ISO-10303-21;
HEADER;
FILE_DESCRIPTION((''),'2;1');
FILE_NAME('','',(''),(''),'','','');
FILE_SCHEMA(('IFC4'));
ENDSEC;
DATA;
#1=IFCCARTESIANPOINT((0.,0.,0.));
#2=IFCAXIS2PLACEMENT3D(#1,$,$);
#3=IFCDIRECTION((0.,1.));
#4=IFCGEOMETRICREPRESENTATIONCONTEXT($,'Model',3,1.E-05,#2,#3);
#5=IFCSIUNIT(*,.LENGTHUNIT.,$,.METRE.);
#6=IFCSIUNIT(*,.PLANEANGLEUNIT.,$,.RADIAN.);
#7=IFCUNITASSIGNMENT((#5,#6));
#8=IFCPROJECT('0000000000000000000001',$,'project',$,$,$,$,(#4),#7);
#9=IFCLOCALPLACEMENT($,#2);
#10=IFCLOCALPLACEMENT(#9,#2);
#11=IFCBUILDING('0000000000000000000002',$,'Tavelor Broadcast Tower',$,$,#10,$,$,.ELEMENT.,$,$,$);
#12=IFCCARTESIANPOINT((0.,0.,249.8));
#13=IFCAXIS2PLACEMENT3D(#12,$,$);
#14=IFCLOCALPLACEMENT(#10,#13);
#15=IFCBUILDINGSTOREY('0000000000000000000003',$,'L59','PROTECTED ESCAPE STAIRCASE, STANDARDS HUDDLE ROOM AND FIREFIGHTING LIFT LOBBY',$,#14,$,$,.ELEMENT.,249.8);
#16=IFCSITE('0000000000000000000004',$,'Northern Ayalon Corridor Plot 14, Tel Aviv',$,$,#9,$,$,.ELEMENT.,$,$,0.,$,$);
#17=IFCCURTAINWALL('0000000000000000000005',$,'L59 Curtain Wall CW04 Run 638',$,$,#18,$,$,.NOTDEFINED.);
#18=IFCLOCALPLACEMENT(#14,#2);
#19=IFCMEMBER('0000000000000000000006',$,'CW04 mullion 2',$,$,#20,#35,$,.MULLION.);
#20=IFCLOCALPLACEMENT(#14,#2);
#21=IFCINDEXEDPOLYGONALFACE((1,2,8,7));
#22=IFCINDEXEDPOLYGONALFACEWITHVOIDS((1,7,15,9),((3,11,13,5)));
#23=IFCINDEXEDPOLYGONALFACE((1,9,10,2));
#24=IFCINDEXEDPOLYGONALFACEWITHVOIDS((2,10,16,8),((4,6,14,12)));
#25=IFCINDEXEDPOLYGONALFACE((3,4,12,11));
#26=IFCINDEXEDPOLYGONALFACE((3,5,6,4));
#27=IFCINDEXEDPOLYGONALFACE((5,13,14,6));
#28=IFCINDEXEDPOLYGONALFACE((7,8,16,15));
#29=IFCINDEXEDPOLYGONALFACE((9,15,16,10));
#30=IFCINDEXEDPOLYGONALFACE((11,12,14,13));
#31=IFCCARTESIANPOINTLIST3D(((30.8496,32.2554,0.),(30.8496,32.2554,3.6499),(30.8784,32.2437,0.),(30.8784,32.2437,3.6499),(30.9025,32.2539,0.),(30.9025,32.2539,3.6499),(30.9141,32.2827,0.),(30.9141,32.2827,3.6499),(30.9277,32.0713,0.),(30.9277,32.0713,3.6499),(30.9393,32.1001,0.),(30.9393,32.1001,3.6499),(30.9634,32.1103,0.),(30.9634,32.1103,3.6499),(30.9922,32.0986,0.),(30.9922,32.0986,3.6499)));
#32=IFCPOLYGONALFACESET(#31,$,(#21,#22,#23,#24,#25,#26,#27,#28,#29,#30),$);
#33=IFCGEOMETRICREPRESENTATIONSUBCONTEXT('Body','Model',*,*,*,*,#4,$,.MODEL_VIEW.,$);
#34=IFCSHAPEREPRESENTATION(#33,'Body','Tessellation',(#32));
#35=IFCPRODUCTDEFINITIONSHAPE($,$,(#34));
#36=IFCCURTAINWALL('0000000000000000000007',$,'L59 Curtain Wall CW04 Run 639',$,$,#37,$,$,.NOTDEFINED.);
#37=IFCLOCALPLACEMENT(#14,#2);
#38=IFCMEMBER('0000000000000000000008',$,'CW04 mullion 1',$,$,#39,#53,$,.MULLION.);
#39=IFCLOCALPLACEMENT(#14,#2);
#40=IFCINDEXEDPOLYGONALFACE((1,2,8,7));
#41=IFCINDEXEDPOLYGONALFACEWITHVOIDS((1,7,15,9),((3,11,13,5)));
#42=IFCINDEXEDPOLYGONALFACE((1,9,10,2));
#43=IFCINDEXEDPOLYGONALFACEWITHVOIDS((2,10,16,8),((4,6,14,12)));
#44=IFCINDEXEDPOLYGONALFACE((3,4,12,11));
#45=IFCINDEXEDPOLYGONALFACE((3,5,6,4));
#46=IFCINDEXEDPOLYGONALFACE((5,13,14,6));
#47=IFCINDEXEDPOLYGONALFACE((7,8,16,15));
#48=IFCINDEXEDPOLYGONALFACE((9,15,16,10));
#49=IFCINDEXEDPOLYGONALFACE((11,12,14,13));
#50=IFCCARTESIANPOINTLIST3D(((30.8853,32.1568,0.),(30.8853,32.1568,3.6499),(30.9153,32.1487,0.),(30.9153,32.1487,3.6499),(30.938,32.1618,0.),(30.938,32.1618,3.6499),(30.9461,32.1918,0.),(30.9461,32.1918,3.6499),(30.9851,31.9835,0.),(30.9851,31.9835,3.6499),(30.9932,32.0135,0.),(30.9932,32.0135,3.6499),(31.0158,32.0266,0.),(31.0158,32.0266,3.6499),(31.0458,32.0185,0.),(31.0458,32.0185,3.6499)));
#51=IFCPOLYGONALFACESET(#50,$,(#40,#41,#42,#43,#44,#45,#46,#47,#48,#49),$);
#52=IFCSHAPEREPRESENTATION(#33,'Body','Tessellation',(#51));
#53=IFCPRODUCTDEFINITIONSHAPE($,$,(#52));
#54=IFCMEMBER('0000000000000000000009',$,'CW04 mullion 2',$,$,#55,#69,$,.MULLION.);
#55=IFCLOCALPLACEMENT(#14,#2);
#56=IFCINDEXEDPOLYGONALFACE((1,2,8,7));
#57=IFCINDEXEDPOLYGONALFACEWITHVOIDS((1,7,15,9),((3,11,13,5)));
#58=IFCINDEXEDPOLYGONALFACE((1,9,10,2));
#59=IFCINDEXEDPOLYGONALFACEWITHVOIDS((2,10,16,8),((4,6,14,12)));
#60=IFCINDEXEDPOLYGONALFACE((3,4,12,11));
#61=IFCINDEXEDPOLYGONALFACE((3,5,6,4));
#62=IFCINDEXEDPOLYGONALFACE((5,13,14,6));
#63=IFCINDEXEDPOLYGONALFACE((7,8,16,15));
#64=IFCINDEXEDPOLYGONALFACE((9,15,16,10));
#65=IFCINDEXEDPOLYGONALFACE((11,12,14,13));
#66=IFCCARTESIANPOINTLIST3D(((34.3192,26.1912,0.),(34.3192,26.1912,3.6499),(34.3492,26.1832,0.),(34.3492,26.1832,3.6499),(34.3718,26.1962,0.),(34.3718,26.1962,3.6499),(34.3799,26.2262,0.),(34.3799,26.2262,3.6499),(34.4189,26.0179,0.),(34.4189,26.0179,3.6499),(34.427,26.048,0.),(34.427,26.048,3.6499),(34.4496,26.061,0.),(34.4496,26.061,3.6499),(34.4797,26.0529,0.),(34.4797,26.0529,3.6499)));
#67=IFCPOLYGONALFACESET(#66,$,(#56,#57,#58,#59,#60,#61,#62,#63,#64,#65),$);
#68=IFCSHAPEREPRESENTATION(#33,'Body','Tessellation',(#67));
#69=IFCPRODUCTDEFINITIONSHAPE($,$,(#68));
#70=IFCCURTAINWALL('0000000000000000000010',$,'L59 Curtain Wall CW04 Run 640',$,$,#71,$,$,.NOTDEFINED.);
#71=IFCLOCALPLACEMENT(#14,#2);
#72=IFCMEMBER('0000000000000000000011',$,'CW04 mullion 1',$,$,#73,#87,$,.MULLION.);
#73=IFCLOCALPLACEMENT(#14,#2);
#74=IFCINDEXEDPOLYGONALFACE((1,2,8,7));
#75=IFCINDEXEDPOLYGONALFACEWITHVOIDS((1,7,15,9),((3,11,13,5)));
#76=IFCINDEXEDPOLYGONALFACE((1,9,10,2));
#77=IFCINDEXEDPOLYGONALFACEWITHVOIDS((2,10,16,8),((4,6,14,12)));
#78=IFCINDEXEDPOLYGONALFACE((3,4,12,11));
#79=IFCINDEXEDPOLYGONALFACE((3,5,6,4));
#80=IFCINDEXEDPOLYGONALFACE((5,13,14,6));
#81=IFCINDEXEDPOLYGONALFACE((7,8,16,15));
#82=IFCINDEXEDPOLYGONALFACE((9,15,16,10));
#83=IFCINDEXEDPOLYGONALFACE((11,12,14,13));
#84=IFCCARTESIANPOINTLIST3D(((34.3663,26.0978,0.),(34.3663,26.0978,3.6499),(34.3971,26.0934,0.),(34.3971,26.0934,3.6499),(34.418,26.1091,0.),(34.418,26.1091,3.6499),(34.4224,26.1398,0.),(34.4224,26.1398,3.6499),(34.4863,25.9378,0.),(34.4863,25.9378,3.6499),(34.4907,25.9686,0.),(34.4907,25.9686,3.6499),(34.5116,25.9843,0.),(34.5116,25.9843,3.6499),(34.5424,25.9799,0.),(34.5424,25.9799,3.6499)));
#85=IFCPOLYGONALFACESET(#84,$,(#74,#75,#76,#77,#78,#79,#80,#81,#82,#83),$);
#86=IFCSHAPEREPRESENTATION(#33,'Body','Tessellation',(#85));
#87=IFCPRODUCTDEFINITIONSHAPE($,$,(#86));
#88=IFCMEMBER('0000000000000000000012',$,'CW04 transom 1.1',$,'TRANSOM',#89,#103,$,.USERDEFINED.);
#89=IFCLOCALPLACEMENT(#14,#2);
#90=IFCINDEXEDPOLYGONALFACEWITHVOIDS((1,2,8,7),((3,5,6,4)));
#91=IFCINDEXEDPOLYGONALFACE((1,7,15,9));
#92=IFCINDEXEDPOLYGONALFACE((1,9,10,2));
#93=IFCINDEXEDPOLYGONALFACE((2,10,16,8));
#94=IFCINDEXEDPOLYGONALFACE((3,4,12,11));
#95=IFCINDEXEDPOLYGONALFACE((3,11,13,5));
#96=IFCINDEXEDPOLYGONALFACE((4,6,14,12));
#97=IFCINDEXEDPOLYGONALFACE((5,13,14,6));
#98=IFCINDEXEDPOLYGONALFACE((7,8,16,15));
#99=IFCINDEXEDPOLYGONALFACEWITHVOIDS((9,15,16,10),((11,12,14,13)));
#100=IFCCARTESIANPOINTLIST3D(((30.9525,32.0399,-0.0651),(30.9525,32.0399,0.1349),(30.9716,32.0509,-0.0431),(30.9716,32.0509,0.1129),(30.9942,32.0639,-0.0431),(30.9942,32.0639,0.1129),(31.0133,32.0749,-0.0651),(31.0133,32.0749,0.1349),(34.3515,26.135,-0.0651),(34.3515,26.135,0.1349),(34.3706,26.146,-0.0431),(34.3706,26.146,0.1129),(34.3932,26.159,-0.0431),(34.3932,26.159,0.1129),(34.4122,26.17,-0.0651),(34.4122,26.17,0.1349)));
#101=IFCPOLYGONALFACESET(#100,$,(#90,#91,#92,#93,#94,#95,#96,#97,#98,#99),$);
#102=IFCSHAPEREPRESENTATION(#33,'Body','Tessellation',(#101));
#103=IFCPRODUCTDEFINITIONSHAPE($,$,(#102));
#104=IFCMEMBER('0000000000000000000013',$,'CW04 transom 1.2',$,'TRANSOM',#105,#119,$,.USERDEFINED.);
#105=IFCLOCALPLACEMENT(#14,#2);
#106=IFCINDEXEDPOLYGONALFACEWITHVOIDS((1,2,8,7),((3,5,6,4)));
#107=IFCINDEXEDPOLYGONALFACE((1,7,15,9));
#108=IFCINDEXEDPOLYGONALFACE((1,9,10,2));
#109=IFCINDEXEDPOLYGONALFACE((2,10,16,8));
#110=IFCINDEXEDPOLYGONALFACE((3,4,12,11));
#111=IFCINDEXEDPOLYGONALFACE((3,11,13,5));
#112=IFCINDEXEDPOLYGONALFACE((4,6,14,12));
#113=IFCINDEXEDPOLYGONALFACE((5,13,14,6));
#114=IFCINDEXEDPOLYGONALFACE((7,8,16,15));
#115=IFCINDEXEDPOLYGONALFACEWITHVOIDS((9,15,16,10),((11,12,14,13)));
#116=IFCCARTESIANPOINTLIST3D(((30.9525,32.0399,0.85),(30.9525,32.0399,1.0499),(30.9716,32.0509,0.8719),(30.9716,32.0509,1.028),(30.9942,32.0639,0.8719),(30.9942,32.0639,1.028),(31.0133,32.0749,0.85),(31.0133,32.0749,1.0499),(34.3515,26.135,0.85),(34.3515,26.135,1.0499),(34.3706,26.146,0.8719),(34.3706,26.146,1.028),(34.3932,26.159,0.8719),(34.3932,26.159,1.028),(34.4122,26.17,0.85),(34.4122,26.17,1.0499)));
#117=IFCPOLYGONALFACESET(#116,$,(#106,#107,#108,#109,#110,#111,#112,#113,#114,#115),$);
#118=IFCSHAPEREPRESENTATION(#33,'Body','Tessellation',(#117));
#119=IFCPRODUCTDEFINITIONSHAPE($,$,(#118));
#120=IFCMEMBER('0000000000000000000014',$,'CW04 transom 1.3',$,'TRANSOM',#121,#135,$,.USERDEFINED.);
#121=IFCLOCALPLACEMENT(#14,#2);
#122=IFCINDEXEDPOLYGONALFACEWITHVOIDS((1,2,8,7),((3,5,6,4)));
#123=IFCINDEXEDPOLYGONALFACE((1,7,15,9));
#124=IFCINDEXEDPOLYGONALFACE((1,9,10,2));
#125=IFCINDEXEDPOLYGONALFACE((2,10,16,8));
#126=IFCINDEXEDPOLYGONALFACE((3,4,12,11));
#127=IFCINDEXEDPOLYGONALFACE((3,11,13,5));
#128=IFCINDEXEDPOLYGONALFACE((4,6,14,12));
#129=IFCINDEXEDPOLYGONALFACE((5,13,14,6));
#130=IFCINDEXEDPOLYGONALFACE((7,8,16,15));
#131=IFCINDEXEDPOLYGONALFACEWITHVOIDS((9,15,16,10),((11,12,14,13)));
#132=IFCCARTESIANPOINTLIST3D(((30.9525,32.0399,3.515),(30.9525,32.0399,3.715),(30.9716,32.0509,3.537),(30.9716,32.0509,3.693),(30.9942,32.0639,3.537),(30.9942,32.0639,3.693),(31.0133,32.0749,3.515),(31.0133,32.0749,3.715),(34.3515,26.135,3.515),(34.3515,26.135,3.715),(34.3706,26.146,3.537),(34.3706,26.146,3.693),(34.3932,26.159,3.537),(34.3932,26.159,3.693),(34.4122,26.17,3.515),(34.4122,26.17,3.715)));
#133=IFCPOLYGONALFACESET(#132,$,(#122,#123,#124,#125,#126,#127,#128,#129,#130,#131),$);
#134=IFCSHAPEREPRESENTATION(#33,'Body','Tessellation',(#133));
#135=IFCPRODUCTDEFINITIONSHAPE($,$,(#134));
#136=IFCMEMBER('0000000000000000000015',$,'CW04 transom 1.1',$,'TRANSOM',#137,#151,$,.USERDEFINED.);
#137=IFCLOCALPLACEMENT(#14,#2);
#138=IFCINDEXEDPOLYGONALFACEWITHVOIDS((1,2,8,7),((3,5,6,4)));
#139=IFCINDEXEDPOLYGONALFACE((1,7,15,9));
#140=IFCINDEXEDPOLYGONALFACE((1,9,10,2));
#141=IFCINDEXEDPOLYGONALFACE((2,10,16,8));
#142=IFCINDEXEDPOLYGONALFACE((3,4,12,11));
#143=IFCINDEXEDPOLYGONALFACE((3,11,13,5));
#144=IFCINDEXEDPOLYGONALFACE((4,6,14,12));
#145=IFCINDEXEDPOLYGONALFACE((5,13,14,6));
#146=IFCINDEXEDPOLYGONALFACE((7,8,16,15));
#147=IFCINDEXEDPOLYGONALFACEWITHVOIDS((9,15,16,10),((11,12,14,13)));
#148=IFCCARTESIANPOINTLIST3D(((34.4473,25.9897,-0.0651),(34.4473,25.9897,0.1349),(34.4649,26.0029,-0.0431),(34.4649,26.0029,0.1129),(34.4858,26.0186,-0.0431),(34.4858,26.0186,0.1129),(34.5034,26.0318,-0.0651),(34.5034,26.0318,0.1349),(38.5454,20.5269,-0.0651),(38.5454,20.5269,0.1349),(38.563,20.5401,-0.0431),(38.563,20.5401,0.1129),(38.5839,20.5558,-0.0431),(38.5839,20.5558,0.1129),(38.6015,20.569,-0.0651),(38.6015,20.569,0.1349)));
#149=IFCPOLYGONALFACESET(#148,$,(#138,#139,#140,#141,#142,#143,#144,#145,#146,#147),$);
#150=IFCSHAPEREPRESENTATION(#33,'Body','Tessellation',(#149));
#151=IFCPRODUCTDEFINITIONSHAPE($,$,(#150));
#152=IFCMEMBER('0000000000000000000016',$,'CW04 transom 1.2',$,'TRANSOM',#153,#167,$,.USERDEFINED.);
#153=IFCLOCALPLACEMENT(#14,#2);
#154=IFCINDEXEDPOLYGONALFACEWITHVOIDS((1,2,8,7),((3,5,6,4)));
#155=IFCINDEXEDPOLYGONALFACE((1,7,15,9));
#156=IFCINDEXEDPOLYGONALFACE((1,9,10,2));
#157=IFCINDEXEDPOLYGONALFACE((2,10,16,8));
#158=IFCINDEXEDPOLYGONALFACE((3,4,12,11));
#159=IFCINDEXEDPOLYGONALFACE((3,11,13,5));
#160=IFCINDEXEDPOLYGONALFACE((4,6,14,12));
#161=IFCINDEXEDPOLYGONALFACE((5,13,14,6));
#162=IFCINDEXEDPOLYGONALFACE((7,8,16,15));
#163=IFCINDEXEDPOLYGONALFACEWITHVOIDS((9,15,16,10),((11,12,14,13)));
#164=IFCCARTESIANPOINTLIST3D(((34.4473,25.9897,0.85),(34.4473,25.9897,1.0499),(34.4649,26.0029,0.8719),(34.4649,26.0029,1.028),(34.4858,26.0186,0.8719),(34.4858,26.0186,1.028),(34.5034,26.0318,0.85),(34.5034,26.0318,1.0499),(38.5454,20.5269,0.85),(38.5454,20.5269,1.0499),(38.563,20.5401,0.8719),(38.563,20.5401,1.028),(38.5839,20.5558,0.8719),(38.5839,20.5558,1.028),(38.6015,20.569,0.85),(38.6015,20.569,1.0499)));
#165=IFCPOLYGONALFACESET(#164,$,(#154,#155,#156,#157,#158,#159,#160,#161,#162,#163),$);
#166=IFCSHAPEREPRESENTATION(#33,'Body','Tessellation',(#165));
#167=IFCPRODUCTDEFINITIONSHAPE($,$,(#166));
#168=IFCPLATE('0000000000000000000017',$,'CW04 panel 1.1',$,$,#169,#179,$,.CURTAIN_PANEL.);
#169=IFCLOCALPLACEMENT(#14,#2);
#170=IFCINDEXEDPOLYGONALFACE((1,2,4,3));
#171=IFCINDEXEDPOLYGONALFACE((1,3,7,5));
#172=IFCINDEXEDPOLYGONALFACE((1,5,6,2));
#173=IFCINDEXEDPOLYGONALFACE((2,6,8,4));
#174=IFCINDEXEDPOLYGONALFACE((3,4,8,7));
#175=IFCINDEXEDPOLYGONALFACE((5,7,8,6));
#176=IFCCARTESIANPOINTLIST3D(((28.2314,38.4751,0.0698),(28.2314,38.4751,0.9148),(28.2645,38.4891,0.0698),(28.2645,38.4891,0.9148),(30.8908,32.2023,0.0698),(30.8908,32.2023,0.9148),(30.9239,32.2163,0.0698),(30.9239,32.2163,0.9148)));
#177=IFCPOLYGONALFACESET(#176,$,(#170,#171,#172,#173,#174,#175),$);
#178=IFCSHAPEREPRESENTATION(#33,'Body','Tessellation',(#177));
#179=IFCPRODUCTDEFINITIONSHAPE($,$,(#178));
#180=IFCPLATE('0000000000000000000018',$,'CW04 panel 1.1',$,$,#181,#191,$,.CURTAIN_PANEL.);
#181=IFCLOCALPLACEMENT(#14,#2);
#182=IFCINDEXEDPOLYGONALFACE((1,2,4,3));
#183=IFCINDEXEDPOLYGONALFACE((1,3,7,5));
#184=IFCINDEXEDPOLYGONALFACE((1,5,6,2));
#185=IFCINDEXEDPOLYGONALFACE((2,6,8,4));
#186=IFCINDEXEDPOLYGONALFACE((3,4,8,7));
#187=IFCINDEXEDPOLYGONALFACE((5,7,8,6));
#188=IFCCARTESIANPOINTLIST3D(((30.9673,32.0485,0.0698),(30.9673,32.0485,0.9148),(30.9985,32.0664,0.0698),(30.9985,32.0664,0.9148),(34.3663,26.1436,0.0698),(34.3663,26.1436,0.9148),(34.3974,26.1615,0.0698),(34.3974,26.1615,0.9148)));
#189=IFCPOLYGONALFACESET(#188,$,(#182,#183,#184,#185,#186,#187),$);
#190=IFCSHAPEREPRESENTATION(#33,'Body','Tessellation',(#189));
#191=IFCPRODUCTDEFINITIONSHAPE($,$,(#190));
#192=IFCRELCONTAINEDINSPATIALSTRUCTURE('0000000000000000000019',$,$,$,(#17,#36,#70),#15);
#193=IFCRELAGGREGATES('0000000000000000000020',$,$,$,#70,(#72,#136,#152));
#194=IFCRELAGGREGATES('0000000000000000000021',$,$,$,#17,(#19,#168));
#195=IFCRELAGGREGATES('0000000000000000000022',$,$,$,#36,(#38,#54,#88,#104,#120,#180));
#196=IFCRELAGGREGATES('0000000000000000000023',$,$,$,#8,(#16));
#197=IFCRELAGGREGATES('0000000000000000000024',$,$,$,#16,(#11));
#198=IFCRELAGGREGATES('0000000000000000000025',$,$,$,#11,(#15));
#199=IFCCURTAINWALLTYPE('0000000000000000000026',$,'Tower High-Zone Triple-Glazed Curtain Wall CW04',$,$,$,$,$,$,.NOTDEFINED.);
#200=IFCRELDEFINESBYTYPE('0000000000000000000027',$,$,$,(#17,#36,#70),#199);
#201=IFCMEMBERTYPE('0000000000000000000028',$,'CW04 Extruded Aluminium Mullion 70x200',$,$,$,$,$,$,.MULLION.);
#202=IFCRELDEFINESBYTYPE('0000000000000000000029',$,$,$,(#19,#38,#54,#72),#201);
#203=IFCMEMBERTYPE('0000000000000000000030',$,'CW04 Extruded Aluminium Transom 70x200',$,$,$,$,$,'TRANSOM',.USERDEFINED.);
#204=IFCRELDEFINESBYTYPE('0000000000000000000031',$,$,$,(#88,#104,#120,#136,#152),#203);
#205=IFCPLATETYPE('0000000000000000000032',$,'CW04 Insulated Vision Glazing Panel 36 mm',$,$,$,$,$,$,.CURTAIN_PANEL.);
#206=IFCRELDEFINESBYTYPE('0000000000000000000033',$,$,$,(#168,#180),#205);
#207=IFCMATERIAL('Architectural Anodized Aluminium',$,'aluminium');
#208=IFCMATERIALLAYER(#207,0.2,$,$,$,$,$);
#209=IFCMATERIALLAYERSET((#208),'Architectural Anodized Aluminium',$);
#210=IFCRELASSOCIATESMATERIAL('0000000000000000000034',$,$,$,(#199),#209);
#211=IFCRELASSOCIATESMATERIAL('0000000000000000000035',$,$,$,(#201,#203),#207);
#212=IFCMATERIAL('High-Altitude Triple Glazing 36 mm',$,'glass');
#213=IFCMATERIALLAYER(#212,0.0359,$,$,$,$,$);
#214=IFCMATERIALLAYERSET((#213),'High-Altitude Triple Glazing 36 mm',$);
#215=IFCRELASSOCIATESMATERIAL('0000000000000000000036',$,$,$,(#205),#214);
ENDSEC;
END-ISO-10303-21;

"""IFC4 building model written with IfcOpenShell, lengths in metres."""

from ifc_helpers import new_model, si_unit, direction, frame, origin, origin_2d, place, context, subcontext, project, spatial, rectangle, hollow_rectangle, extrude, source, transform, mapped, material, layer, layer_set, material_profile, profile_set, type_object, type_shapes, element, aggregate, save


model = new_model("IFC4")

# Units and contexts
model_context = context("Model", 3, precision=1e-05, world=origin(), true_north=direction((0.0, 1.0)))
body_context = subcontext(model_context, "Body", "Model", "MODEL_VIEW")
ifc_project = project(units=[si_unit("LENGTHUNIT", "METRE"), si_unit("PLANEANGLEUNIT", "RADIAN")], contexts=[model_context])

# Site, building, storey
site_placement = place(None, origin())
site = spatial("IfcSite", under=ifc_project, at=site_placement, Name="Northern Ayalon Corridor Plot 14, Tel Aviv", CompositionType="ELEMENT", RefElevation=0.0)
building_placement = place(site_placement, origin())
building = spatial("IfcBuilding", under=site, at=building_placement, Name="Tavelor Broadcast Tower", CompositionType="ELEMENT")
storey_placement = place(building_placement, frame((0.0, 0.0, 249.8)))
storey = spatial("IfcBuildingStorey", under=building, at=storey_placement, Name="L59", Description="PROTECTED ESCAPE STAIRCASE, STANDARDS HUDDLE ROOM AND FIREFIGHTING LIFT LOBBY", CompositionType="ELEMENT", Elevation=249.8)

# Curtain wall, member
ifc_material_1 = material(Name="Architectural Anodized Aluminium", Category="aluminium")
ifc_layer_1 = layer(ifc_material_1, 0.2)
ifc_layer_set_1 = layer_set([ifc_layer_1], Name="Architectural Anodized Aluminium")
curtain_wall_type = type_object("IfcCurtainWallType", Name="Tower High-Zone Triple-Glazed Curtain Wall CW04", PredefinedType="NOTDEFINED", material=ifc_layer_set_1)
curtain_wall_1_placement = place(storey_placement, origin())
curtain_wall_1 = element("IfcCurtainWall", 1, at=curtain_wall_1_placement, inside=storey, type_object=curtain_wall_type, Name="L59 Curtain Wall CW04 Run 638", PredefinedType="NOTDEFINED")
ifc_material_profile_1 = material_profile(ifc_material_1, hollow_rectangle(XDim=0.0701, YDim=0.2, WallThickness=0.022, at=origin_2d()), Name="RHS 70x200x22")
ifc_profile_set_1 = profile_set([ifc_material_profile_1], Name="Architectural Anodized Aluminium")
member_type_1 = type_object("IfcMemberType", Name="CW04 Extruded Aluminium Mullion 70x200", PredefinedType="MULLION", material=ifc_profile_set_1)
shared_shape_1 = source(origin(), body_context, "Body", "SweptSolid", [
    extrude(hollow_rectangle(XDim=0.0701, YDim=0.2, WallThickness=0.022, at=origin_2d()), origin(), (0.0, 0.0, 1.0), 3.6499),
])
type_shapes(member_type_1, [shared_shape_1])
member_1_placement = place(storey_placement, frame((30.9209, 32.177, 0.0), z_axis=(0.0, 0.0, 1.0), x_axis=(0.920676, 0.390327, 0.0)))
member_1 = element("IfcMember", 2, at=member_1_placement, type_object=member_type_1, Name="CW04 mullion 2", PredefinedType="MULLION", context=body_context, shape_type="MappedRepresentation", body=[
    mapped(shared_shape_1, transform((0.0, 0.0, 0.0), scale=1.0)),
])

# Curtain wall, members
curtain_wall_2_placement = place(storey_placement, origin())
curtain_wall_2 = element("IfcCurtainWall", 3, at=curtain_wall_2_placement, inside=storey, type_object=curtain_wall_type, Name="L59 Curtain Wall CW04 Run 639", PredefinedType="NOTDEFINED")
member_2_placement = place(storey_placement, frame((30.9656, 32.0876, 0.0), z_axis=(0.0, 0.0, 1.0), x_axis=(0.866674, 0.498875, 0.0)))
member_2 = element("IfcMember", 4, at=member_2_placement, type_object=member_type_1, Name="CW04 mullion 1", PredefinedType="MULLION", context=body_context, shape_type="MappedRepresentation", body=[
    mapped(shared_shape_1, transform((0.0, 0.0, 0.0), scale=1.0)),
])
member_3_placement = place(storey_placement, frame((34.3994, 26.1221, 0.0), z_axis=(0.0, 0.0, 1.0), x_axis=(0.866674, 0.498875, 0.0)))
member_3 = element("IfcMember", 5, at=member_3_placement, type_object=member_type_1, Name="CW04 mullion 2", PredefinedType="MULLION", context=body_context, shape_type="MappedRepresentation", body=[
    mapped(shared_shape_1, transform((0.0, 0.0, 0.0), scale=1.0)),
])

# Curtain wall, member
curtain_wall_3_placement = place(storey_placement, origin())
curtain_wall_3 = element("IfcCurtainWall", 6, at=curtain_wall_3_placement, inside=storey, type_object=curtain_wall_type, Name="L59 Curtain Wall CW04 Run 640", PredefinedType="NOTDEFINED")
member_4_placement = place(storey_placement, frame((34.4543, 26.0388, 0.0), z_axis=(0.0, 0.0, 1.0), x_axis=(0.799929, 0.600094, 0.0)))
member_4 = element("IfcMember", 7, at=member_4_placement, type_object=member_type_1, Name="CW04 mullion 1", PredefinedType="MULLION", context=body_context, shape_type="MappedRepresentation", body=[
    mapped(shared_shape_1, transform((0.0, 0.0, 0.0), scale=1.0)),
])

# Members
ifc_material_profile_2 = material_profile(ifc_material_1, hollow_rectangle(XDim=0.0701, YDim=0.2, WallThickness=0.022, at=origin_2d()), Name="RHS 70x200x22")
ifc_profile_set_2 = profile_set([ifc_material_profile_2], Name="Architectural Anodized Aluminium")
member_type_2 = type_object("IfcMemberType", Name="CW04 Extruded Aluminium Transom 70x200", ElementType="TRANSOM", PredefinedType="USERDEFINED", material=ifc_profile_set_2)
shared_shape_2 = source(origin(), body_context, "Body", "SweptSolid", [
    extrude(hollow_rectangle(XDim=0.0701, YDim=0.2, WallThickness=0.022, at=origin_2d()), origin(), (0.0, 0.0, 1.0), 6.8132),
])
member_5_placement = place(storey_placement, frame((30.9829, 32.0574, 0.0349), z_axis=(0.498876, -0.866673, 0.0), x_axis=(0.866673, 0.498876, 0.0)))
member_5 = element("IfcMember", 8, at=member_5_placement, type_object=member_type_2, Name="CW04 transom 1.1", ObjectType="TRANSOM", PredefinedType="USERDEFINED", context=body_context, shape_type="MappedRepresentation", body=[
    mapped(shared_shape_2, transform((0.0, 0.0, 0.0), scale=1.0)),
])
member_6_placement = place(storey_placement, frame((30.9829, 32.0574, 0.95), z_axis=(0.498876, -0.866673, 0.0), x_axis=(0.866673, 0.498876, 0.0)))
member_6 = element("IfcMember", 9, at=member_6_placement, type_object=member_type_2, Name="CW04 transom 1.2", ObjectType="TRANSOM", PredefinedType="USERDEFINED", context=body_context, shape_type="MappedRepresentation", body=[
    mapped(shared_shape_2, transform((0.0, 0.0, 0.0), scale=1.0)),
])
member_7_placement = place(storey_placement, frame((30.9829, 32.0574, 3.615), z_axis=(0.498876, -0.866673, 0.0), x_axis=(0.866673, 0.498876, 0.0)))
member_7 = element("IfcMember", 10, at=member_7_placement, type_object=member_type_2, Name="CW04 transom 1.3", ObjectType="TRANSOM", PredefinedType="USERDEFINED", context=body_context, shape_type="MappedRepresentation", body=[
    mapped(shared_shape_2, transform((0.0, 0.0, 0.0), scale=1.0)),
])
shared_shape_3 = source(origin(), body_context, "Body", "SweptSolid", [
    extrude(hollow_rectangle(XDim=0.0701, YDim=0.2, WallThickness=0.022, at=origin_2d()), origin(), (0.0, 0.0, 1.0), 6.8291),
])
type_shapes(member_type_2, [shared_shape_2, shared_shape_3])
member_8_placement = place(storey_placement, frame((34.4753, 26.0107, 0.0349), z_axis=(0.600092, -0.799931, 0.0), x_axis=(0.799931, 0.600092, 0.0)))
member_8 = element("IfcMember", 11, at=member_8_placement, type_object=member_type_2, Name="CW04 transom 1.1", ObjectType="TRANSOM", PredefinedType="USERDEFINED", context=body_context, shape_type="MappedRepresentation", body=[
    mapped(shared_shape_3, transform((0.0, 0.0, 0.0), scale=1.0)),
])
member_9_placement = place(storey_placement, frame((34.4753, 26.0107, 0.95), z_axis=(0.600092, -0.799931, 0.0), x_axis=(0.799931, 0.600092, 0.0)))
member_9 = element("IfcMember", 12, at=member_9_placement, type_object=member_type_2, Name="CW04 transom 1.2", ObjectType="TRANSOM", PredefinedType="USERDEFINED", context=body_context, shape_type="MappedRepresentation", body=[
    mapped(shared_shape_3, transform((0.0, 0.0, 0.0), scale=1.0)),
])
aggregate(curtain_wall_3, [member_4, member_8, member_9])

# Plates
ifc_material_2 = material(Name="High-Altitude Triple Glazing 36 mm", Category="glass")
ifc_layer_2 = layer(ifc_material_2, 0.0359)
ifc_layer_set_2 = layer_set([ifc_layer_2], Name="High-Altitude Triple Glazing 36 mm")
plate_type = type_object("IfcPlateType", Name="CW04 Insulated Vision Glazing Panel 36 mm", PredefinedType="CURTAIN_PANEL", material=ifc_layer_set_2)
shared_shape_4 = source(origin(), body_context, "Body", "SweptSolid", [
    extrude(rectangle(XDim=6.8132, YDim=0.0359, at=origin_2d()), origin(), (0.0, 0.0, 1.0), 0.845),
])
plate_1_placement = place(storey_placement, frame((29.5776, 35.3457, 0.0698), z_axis=(0.0, 0.0, 1.0), x_axis=(0.390327, -0.920676, 0.0)))
plate_1 = element("IfcPlate", 13, at=plate_1_placement, type_object=plate_type, Name="CW04 panel 1.1", PredefinedType="CURTAIN_PANEL", context=body_context, shape_type="MappedRepresentation", body=[
    mapped(shared_shape_4, transform((0.0, 0.0, 0.0), scale=1.0)),
])
plate_2_placement = place(storey_placement, frame((32.6824, 29.105, 0.0698), z_axis=(0.0, 0.0, 1.0), x_axis=(0.498875, -0.866674, 0.0)))
plate_2 = element("IfcPlate", 14, at=plate_2_placement, type_object=plate_type, Name="CW04 panel 1.1", PredefinedType="CURTAIN_PANEL", context=body_context, shape_type="MappedRepresentation", body=[
    mapped(shared_shape_4, transform((0.0, 0.0, 0.0), scale=1.0)),
])
aggregate(curtain_wall_1, [member_1, plate_1])
aggregate(curtain_wall_2, [member_2, member_3, member_5, member_6, member_7, plate_2])

save(model, "model.ifc")
